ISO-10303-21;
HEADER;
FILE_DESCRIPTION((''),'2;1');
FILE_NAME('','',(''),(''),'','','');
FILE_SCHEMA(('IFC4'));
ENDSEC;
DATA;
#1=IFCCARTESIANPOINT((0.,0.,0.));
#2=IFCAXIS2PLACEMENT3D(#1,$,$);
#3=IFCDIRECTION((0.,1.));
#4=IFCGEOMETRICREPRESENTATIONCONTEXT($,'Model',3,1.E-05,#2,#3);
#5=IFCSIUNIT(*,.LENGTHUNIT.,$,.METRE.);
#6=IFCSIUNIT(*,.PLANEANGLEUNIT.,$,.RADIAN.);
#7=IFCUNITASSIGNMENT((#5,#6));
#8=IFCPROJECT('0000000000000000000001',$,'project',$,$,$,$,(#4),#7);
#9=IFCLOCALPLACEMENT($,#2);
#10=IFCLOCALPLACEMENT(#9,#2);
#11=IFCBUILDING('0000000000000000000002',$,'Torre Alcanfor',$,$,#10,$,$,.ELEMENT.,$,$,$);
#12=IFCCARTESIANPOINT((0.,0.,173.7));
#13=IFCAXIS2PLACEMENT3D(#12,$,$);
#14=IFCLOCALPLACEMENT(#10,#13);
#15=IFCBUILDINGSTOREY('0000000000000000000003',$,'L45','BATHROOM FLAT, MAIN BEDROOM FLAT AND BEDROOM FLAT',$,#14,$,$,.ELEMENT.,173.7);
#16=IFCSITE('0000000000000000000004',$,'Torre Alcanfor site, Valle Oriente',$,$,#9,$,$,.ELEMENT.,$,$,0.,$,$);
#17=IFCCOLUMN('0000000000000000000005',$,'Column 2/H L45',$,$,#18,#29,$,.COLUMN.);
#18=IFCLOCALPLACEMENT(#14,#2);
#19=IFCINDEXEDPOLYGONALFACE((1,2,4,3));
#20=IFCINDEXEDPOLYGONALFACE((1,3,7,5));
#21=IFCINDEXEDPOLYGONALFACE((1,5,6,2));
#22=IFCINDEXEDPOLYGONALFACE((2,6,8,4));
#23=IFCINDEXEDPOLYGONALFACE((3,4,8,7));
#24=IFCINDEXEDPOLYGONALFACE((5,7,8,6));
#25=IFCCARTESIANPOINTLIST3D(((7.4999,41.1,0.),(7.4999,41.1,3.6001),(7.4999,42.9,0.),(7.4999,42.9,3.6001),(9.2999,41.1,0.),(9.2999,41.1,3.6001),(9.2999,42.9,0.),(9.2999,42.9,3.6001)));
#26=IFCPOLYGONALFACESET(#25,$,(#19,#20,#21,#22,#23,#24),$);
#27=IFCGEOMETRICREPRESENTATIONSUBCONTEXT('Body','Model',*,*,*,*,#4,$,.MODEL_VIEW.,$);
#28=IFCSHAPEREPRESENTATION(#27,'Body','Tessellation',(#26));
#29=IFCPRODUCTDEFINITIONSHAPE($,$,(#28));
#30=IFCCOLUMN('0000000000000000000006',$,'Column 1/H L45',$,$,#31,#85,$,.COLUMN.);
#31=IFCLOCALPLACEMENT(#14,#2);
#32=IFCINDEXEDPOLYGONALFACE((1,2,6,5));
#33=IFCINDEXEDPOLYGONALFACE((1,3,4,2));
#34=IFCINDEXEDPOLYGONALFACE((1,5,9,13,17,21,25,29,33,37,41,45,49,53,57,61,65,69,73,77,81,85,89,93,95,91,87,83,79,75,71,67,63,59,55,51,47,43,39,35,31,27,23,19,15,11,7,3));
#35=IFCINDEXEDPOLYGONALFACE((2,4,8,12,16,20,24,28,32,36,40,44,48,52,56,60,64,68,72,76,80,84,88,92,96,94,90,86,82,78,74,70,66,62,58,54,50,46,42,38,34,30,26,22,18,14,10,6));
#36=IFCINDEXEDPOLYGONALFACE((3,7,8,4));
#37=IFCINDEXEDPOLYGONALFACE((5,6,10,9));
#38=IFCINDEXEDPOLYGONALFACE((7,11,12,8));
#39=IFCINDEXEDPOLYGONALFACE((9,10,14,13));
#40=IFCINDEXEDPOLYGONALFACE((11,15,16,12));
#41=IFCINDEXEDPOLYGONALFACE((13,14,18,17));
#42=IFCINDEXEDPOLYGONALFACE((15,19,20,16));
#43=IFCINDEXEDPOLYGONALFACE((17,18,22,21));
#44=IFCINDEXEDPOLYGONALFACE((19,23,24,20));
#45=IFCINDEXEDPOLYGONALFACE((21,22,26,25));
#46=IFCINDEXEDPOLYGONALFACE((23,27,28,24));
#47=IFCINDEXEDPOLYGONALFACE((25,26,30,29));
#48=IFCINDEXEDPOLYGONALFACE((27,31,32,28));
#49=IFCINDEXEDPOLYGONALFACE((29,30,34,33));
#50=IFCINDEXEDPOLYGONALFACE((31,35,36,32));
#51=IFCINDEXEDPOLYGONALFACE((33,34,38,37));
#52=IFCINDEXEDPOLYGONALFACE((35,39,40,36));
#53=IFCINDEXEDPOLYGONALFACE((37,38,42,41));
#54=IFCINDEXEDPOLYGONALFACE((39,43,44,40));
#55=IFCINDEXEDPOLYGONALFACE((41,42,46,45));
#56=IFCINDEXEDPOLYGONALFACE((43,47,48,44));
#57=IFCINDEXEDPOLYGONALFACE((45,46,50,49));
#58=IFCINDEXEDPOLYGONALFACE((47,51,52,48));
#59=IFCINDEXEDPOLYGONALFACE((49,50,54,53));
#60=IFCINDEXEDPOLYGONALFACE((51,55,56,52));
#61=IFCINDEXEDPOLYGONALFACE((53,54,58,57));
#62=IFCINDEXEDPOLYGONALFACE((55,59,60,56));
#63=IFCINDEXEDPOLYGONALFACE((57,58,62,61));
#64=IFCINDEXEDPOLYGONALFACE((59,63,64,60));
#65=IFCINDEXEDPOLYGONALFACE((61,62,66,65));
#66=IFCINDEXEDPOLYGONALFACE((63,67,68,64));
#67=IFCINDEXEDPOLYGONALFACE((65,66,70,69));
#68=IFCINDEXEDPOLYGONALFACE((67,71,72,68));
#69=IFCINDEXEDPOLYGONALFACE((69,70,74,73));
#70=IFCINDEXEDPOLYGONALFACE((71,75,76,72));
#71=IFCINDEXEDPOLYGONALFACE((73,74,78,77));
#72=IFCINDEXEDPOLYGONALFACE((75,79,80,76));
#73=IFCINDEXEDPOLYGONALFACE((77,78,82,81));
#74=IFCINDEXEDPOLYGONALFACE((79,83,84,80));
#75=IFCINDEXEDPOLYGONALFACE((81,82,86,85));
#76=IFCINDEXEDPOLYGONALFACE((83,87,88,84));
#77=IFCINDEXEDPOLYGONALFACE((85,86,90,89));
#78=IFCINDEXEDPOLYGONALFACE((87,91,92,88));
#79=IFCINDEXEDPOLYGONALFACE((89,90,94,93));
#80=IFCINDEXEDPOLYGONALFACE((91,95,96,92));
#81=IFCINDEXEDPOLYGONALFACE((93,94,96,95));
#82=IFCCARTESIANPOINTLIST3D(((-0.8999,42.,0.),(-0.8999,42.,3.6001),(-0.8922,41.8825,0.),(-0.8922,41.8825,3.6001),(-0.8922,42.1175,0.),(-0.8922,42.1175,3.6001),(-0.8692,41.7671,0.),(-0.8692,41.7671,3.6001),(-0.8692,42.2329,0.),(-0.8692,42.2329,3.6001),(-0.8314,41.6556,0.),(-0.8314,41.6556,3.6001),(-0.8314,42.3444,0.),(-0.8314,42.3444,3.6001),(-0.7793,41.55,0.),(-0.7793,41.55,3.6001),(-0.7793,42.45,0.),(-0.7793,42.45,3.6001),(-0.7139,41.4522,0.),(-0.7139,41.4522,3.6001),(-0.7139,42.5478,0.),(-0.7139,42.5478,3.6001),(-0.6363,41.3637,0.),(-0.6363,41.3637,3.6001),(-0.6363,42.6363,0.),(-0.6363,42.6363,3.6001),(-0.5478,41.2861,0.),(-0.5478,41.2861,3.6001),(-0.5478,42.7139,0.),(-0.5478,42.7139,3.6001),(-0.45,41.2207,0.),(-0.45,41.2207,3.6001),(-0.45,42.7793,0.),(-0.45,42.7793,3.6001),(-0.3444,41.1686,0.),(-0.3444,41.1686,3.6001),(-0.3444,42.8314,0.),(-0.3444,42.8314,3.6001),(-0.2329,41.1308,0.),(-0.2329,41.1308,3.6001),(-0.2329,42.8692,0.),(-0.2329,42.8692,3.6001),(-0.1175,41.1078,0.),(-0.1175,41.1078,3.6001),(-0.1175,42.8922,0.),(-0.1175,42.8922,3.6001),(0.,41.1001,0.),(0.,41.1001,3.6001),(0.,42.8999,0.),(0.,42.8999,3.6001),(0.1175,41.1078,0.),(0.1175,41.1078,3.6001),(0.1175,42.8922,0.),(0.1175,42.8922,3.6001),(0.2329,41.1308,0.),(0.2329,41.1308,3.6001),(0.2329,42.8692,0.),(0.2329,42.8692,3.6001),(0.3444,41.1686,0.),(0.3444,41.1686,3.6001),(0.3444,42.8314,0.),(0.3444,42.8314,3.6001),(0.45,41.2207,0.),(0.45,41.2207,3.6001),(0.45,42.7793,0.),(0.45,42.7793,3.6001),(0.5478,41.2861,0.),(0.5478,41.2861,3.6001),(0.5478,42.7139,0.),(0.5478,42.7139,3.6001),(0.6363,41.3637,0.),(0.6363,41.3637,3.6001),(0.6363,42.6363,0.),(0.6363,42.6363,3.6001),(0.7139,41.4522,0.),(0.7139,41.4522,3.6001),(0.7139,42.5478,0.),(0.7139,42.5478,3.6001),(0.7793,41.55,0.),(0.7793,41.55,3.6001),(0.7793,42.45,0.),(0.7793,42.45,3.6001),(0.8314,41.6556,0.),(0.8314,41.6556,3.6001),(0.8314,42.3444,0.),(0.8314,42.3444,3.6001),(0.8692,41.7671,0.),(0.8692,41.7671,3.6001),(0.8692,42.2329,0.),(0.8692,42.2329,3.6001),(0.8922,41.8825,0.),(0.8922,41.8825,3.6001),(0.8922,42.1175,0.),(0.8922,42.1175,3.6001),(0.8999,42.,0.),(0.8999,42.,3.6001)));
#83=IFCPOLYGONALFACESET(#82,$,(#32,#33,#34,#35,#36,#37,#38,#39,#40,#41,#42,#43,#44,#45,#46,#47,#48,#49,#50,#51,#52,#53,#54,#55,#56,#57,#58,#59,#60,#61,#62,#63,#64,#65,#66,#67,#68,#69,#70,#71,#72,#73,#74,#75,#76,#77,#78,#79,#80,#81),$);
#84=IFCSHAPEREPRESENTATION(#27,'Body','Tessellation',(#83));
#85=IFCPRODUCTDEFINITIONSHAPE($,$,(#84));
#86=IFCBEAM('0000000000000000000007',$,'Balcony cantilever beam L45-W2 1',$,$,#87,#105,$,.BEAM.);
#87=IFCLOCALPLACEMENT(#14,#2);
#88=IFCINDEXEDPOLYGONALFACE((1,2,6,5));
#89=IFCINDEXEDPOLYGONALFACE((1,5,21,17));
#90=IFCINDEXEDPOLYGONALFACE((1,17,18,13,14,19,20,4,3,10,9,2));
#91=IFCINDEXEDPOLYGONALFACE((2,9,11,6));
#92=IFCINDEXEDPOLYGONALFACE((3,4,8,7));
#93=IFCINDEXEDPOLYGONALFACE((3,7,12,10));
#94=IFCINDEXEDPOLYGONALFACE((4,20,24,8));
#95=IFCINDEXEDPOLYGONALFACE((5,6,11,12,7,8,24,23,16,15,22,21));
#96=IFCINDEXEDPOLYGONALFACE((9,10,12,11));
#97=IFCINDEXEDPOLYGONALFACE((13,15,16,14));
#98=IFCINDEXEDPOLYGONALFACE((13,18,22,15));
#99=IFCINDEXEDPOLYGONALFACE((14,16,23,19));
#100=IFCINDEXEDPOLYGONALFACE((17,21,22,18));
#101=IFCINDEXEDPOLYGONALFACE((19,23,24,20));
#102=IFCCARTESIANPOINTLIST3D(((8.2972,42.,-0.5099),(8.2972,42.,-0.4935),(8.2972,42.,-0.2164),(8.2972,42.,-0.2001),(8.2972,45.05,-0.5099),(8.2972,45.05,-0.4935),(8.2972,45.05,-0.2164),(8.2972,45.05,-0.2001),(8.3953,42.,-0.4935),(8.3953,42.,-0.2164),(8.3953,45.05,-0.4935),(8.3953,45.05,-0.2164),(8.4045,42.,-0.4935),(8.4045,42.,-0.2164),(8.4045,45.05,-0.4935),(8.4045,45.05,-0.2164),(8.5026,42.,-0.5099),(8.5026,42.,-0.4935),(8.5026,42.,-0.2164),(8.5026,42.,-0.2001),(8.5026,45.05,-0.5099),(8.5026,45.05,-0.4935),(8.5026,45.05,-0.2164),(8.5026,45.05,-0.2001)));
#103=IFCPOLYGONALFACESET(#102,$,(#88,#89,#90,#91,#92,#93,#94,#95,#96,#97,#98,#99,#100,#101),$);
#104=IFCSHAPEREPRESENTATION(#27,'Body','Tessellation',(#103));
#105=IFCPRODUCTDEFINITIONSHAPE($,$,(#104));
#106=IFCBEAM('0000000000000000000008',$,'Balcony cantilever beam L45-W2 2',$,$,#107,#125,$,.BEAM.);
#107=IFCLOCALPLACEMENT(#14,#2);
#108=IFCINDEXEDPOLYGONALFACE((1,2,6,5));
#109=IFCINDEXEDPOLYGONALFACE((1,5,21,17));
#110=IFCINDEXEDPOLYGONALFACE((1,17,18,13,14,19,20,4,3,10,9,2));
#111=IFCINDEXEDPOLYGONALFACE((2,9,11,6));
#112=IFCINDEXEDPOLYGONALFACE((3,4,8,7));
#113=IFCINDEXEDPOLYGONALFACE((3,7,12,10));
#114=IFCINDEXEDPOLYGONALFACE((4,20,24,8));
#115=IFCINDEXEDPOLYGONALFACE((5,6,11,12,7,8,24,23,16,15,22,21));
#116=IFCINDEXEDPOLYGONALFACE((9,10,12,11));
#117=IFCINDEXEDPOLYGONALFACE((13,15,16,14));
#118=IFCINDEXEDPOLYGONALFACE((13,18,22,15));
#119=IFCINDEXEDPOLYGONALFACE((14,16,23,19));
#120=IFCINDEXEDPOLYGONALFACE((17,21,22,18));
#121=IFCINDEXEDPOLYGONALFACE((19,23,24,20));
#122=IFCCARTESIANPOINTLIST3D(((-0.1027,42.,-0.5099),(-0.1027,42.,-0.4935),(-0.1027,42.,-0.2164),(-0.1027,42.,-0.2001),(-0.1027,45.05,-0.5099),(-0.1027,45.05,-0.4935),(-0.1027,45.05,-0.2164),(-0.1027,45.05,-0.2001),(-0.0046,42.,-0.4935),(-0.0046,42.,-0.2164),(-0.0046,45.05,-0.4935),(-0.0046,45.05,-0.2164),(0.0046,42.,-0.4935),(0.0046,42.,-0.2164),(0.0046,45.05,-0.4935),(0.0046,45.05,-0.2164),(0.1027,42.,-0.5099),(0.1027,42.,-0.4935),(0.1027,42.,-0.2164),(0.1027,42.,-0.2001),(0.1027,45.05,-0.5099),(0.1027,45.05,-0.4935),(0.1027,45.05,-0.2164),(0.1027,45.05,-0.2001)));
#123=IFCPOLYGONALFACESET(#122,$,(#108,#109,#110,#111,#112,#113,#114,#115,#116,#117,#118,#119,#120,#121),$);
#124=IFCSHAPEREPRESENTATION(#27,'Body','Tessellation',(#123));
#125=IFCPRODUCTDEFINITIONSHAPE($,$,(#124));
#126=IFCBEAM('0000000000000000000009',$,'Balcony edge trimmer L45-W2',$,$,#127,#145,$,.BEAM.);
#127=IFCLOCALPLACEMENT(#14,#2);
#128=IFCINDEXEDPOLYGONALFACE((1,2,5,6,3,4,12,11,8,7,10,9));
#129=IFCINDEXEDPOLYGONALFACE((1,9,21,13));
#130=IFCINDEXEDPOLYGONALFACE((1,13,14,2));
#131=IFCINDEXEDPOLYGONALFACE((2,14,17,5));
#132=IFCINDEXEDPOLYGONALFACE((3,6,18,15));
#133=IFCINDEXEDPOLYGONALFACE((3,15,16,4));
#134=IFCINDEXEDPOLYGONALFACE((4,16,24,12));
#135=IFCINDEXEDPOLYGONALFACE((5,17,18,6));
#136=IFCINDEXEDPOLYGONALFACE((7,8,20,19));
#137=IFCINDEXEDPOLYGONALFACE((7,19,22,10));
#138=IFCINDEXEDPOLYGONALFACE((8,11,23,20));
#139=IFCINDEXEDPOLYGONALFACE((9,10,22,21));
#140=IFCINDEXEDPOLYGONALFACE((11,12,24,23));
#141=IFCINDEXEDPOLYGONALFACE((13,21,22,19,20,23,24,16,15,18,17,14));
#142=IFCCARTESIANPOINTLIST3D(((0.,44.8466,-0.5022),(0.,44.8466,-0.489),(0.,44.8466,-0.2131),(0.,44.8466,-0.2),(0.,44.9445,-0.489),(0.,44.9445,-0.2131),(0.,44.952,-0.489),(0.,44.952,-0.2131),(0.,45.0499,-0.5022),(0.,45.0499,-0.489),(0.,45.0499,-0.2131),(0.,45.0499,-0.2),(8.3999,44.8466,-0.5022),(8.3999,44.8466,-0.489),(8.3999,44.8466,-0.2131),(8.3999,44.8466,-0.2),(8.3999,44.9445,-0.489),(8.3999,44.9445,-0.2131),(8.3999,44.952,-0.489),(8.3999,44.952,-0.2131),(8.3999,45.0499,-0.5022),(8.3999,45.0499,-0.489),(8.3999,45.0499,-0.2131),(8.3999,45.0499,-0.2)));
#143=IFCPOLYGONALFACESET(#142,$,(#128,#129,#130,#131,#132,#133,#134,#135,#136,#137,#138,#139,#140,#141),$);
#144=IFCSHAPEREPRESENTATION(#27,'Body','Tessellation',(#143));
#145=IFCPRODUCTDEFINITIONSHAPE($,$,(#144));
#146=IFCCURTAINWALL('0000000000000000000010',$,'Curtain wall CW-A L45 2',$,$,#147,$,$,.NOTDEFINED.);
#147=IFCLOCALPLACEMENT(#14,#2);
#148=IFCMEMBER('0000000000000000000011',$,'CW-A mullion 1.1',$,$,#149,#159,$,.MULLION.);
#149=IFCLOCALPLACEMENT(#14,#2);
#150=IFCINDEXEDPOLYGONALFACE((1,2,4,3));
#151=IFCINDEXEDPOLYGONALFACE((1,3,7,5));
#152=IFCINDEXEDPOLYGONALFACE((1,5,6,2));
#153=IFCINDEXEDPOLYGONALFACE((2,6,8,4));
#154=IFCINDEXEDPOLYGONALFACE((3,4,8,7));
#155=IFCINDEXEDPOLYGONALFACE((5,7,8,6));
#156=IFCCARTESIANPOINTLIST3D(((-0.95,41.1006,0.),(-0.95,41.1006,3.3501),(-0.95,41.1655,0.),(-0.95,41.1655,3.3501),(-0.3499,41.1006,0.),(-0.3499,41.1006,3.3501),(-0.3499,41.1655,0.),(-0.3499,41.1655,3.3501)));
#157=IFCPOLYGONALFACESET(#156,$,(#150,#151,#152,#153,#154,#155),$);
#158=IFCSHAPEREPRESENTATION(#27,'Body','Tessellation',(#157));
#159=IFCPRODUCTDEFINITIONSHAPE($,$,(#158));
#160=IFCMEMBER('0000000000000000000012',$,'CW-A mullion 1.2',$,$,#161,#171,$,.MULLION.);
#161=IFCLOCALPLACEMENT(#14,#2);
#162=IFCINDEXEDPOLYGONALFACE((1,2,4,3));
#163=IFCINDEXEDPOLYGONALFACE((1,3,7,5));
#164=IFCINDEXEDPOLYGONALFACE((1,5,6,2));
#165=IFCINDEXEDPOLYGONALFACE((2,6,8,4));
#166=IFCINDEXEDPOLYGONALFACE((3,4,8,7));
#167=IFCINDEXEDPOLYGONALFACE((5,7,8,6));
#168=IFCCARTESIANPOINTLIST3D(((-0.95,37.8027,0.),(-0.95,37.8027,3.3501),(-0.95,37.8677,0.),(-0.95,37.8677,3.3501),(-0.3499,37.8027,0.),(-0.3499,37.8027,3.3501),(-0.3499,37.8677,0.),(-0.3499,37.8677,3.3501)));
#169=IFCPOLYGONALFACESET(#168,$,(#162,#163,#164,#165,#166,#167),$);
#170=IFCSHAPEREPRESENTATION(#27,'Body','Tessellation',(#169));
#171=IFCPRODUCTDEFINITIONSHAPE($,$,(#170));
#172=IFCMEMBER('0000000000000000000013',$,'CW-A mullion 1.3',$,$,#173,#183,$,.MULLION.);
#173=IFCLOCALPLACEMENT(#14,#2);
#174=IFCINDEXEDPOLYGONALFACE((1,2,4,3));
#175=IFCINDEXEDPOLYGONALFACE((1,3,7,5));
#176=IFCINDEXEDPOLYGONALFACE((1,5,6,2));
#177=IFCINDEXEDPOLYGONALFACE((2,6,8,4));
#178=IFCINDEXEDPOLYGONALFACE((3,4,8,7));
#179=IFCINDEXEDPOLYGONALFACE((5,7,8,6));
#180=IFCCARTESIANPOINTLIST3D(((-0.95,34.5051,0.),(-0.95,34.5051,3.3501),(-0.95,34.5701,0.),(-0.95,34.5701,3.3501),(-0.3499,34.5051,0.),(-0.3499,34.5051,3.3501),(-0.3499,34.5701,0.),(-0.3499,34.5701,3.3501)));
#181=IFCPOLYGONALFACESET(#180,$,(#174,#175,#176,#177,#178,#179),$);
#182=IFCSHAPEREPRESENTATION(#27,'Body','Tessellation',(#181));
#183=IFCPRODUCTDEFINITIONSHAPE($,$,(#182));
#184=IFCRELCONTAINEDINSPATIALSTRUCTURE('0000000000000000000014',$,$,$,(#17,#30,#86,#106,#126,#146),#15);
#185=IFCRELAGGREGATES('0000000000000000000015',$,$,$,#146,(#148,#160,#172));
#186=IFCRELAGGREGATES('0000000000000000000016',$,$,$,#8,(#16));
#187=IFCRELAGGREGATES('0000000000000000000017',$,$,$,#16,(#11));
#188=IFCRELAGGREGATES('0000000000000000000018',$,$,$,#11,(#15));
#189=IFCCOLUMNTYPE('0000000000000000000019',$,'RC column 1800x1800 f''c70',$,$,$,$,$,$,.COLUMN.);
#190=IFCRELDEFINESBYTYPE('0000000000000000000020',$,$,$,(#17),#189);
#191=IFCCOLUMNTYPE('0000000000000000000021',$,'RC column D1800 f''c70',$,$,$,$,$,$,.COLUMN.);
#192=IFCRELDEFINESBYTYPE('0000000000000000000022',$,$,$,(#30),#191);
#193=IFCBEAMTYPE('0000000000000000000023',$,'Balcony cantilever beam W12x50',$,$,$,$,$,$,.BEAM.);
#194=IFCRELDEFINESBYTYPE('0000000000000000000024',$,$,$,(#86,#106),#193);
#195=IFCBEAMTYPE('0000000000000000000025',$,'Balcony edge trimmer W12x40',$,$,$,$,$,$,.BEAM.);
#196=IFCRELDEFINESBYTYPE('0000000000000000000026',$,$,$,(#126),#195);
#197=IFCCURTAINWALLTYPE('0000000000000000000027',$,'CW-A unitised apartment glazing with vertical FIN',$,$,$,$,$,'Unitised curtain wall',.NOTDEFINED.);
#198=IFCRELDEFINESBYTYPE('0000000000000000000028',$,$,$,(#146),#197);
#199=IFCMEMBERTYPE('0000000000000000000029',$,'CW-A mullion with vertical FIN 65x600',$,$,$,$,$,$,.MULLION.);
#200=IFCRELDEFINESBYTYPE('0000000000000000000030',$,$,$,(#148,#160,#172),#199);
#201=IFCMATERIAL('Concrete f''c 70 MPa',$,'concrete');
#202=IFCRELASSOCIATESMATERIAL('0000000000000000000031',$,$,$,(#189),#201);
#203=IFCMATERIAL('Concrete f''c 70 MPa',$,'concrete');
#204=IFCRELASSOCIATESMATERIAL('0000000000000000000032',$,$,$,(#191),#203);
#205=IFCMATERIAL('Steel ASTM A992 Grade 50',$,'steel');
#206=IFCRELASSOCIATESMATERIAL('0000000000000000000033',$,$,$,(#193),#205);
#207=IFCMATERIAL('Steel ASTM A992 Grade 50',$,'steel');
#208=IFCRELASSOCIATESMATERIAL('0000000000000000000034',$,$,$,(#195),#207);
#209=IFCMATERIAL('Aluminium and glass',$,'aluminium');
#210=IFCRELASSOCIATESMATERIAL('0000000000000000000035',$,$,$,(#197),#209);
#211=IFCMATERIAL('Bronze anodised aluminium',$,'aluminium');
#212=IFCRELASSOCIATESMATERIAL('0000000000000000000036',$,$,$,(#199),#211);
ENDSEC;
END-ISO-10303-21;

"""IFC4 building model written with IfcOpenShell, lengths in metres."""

from ifc_helpers import new_model, si_unit, direction, frame, origin, origin_2d, place, context, subcontext, project, spatial, rectangle, circle, i_section, extrude, material, material_profile, profile_set, type_object, element, aggregate, save


model = new_model("IFC4")

# Units and contexts
model_context = context("Model", 3, precision=1e-05, world=origin(), true_north=direction((0.0, 1.0)))
body_context = subcontext(model_context, "Body", "Model", "MODEL_VIEW")
ifc_project = project(units=[si_unit("LENGTHUNIT", "METRE"), si_unit("PLANEANGLEUNIT", "RADIAN")], contexts=[model_context])

# Site, building, storey
site_placement = place(None, origin())
site = spatial("IfcSite", under=ifc_project, at=site_placement, Name="Torre Alcanfor site, Valle Oriente", CompositionType="ELEMENT", RefElevation=0.0)
building_placement = place(site_placement, origin())
building = spatial("IfcBuilding", under=site, at=building_placement, Name="Torre Alcanfor", CompositionType="ELEMENT")
storey_placement = place(building_placement, frame((0.0, 0.0, 173.7)))
storey = spatial("IfcBuildingStorey", under=building, at=storey_placement, Name="L45", Description="BATHROOM FLAT, MAIN BEDROOM FLAT AND BEDROOM FLAT", CompositionType="ELEMENT", Elevation=173.7)

# Columns
ifc_material_1 = material(Name="Concrete f'c 70 MPa", Category="concrete")
ifc_material_profile_1 = material_profile(ifc_material_1, rectangle(XDim=1.8, YDim=1.8, at=origin_2d()), Name="1800x1800")
ifc_profile_set_1 = profile_set([ifc_material_profile_1], Name="Concrete f'c 70 MPa")
column_type_1 = type_object("IfcColumnType", Name="RC column 1800x1800 f'c70", PredefinedType="COLUMN", material=ifc_profile_set_1)
column_1_placement = place(storey_placement, frame((8.3999, 42.0, 0.0), z_axis=(0.0, 0.0, 1.0), x_axis=(1.0, 0.0, 0.0)))
element("IfcColumn", 1, at=column_1_placement, inside=storey, type_object=column_type_1, Name="Column 2/H L45", PredefinedType="COLUMN", context=body_context, shape_type="SweptSolid", body=[
    extrude(rectangle(XDim=1.8, YDim=1.8, at=origin_2d()), origin(), (0.0, 0.0, 1.0), 3.6001),
])
ifc_material_2 = material(Name="Concrete f'c 70 MPa", Category="concrete")
ifc_material_profile_2 = material_profile(ifc_material_2, circle(Radius=0.8999, at=origin_2d()), Name="D1800")
ifc_profile_set_2 = profile_set([ifc_material_profile_2], Name="Concrete f'c 70 MPa")
column_type_2 = type_object("IfcColumnType", Name="RC column D1800 f'c70", PredefinedType="COLUMN", material=ifc_profile_set_2)
column_2_placement = place(storey_placement, frame((0.0, 42.0, 0.0), z_axis=(0.0, 0.0, 1.0), x_axis=(1.0, 0.0, 0.0)))
element("IfcColumn", 2, at=column_2_placement, inside=storey, type_object=column_type_2, Name="Column 1/H L45", PredefinedType="COLUMN", context=body_context, shape_type="SweptSolid", body=[
    extrude(circle(Radius=0.8999, at=origin_2d()), origin(), (0.0, 0.0, 1.0), 3.6001),
])

# Beams
ifc_material_3 = material(Name="Steel ASTM A992 Grade 50", Category="steel")
ifc_material_profile_3 = material_profile(ifc_material_3, i_section(OverallWidth=0.2053, OverallDepth=0.3098, WebThickness=0.0093, FlangeThickness=0.0164, at=origin_2d()), Name="W12x50")
ifc_profile_set_3 = profile_set([ifc_material_profile_3], Name="Steel ASTM A992 Grade 50")
beam_type_1 = type_object("IfcBeamType", Name="Balcony cantilever beam W12x50", PredefinedType="BEAM", material=ifc_profile_set_3)
for number, where, z_axis, x_axis, name in (
    (3, (8.3999, 42.0, -0.355), (0.0, 1.0, 0.0), (-1.0, 0.0, 0.0), "Balcony cantilever beam L45-W2 1"),
    (4, (0.0, 42.0, -0.355), (0.0, 1.0, 0.0), (-1.0, 0.0, 0.0), "Balcony cantilever beam L45-W2 2"),
):
    element("IfcBeam", number, at=place(storey_placement, frame(where, z_axis=z_axis, x_axis=x_axis)), inside=storey, type_object=beam_type_1, Name=name, PredefinedType="BEAM", context=body_context, shape_type="SweptSolid", body=[
        extrude(i_section(OverallWidth=0.2053, OverallDepth=0.3098, WebThickness=0.0093, FlangeThickness=0.0164, at=origin_2d()), origin(), (0.0, 0.0, 1.0), 3.05),
    ])
ifc_material_4 = material(Name="Steel ASTM A992 Grade 50", Category="steel")
ifc_material_profile_4 = material_profile(ifc_material_4, i_section(OverallWidth=0.2034, OverallDepth=0.3022, WebThickness=0.0076, FlangeThickness=0.0132, at=origin_2d()), Name="W12x40")
ifc_profile_set_4 = profile_set([ifc_material_profile_4], Name="Steel ASTM A992 Grade 50")
beam_type_2 = type_object("IfcBeamType", Name="Balcony edge trimmer W12x40", PredefinedType="BEAM", material=ifc_profile_set_4)
beam_1_placement = place(storey_placement, frame((8.3999, 44.9482, -0.3511), z_axis=(-1.0, 0.0, 0.0), x_axis=(0.0, -1.0, 0.0)))
element("IfcBeam", 5, at=beam_1_placement, inside=storey, type_object=beam_type_2, Name="Balcony edge trimmer L45-W2", PredefinedType="BEAM", context=body_context, shape_type="SweptSolid", body=[
    extrude(i_section(OverallWidth=0.2034, OverallDepth=0.3022, WebThickness=0.0076, FlangeThickness=0.0132, at=origin_2d()), origin(), (0.0, 0.0, 1.0), 8.3999),
])

# Curtain wall, members
ifc_material_5 = material(Name="Aluminium and glass", Category="aluminium")
curtain_wall_type = type_object("IfcCurtainWallType", Name="CW-A unitised apartment glazing with vertical FIN", ElementType="Unitised curtain wall", PredefinedType="NOTDEFINED", material=ifc_material_5)
curtain_wall_placement = place(storey_placement, origin())
curtain_wall = element("IfcCurtainWall", 6, at=curtain_wall_placement, inside=storey, type_object=curtain_wall_type, Name="Curtain wall CW-A L45 2", PredefinedType="NOTDEFINED")
ifc_material_6 = material(Name="Bronze anodised aluminium", Category="aluminium")
ifc_material_profile_5 = material_profile(ifc_material_6, rectangle(XDim=0.6001, YDim=0.0649, at=origin_2d()), Name="CW-A mullion 65x600")
ifc_profile_set_5 = profile_set([ifc_material_profile_5], Name="Bronze anodised aluminium")
member_type_1 = type_object("IfcMemberType", Name="CW-A mullion with vertical FIN 65x600", PredefinedType="MULLION", material=ifc_profile_set_5)
member_1_placement = place(storey_placement, frame((-0.6499, 41.1331, 0.0), z_axis=(0.0, 0.0, 1.0), x_axis=(1.0, 0.0, 0.0)))
member_1 = element("IfcMember", 7, at=member_1_placement, type_object=member_type_1, Name="CW-A mullion 1.1", PredefinedType="MULLION", context=body_context, shape_type="SweptSolid", body=[
    extrude(rectangle(XDim=0.6001, YDim=0.0649, at=origin_2d()), origin(), (0.0, 0.0, 1.0), 3.3501),
])
member_2_placement = place(storey_placement, frame((-0.6499, 37.8352, 0.0), z_axis=(0.0, 0.0, 1.0), x_axis=(1.0, 0.0, 0.0)))
member_2 = element("IfcMember", 8, at=member_2_placement, type_object=member_type_1, Name="CW-A mullion 1.2", PredefinedType="MULLION", context=body_context, shape_type="SweptSolid", body=[
    extrude(rectangle(XDim=0.6001, YDim=0.0649, at=origin_2d()), origin(), (0.0, 0.0, 1.0), 3.3501),
])
member_3_placement = place(storey_placement, frame((-0.6499, 34.5376, 0.0), z_axis=(0.0, 0.0, 1.0), x_axis=(1.0, 0.0, 0.0)))
member_3 = element("IfcMember", 9, at=member_3_placement, type_object=member_type_1, Name="CW-A mullion 1.3", PredefinedType="MULLION", context=body_context, shape_type="SweptSolid", body=[
    extrude(rectangle(XDim=0.6001, YDim=0.0649, at=origin_2d()), origin(), (0.0, 0.0, 1.0), 3.3501),
])

aggregate(curtain_wall, [member_1, member_2, member_3])

save(model, "model.ifc")
